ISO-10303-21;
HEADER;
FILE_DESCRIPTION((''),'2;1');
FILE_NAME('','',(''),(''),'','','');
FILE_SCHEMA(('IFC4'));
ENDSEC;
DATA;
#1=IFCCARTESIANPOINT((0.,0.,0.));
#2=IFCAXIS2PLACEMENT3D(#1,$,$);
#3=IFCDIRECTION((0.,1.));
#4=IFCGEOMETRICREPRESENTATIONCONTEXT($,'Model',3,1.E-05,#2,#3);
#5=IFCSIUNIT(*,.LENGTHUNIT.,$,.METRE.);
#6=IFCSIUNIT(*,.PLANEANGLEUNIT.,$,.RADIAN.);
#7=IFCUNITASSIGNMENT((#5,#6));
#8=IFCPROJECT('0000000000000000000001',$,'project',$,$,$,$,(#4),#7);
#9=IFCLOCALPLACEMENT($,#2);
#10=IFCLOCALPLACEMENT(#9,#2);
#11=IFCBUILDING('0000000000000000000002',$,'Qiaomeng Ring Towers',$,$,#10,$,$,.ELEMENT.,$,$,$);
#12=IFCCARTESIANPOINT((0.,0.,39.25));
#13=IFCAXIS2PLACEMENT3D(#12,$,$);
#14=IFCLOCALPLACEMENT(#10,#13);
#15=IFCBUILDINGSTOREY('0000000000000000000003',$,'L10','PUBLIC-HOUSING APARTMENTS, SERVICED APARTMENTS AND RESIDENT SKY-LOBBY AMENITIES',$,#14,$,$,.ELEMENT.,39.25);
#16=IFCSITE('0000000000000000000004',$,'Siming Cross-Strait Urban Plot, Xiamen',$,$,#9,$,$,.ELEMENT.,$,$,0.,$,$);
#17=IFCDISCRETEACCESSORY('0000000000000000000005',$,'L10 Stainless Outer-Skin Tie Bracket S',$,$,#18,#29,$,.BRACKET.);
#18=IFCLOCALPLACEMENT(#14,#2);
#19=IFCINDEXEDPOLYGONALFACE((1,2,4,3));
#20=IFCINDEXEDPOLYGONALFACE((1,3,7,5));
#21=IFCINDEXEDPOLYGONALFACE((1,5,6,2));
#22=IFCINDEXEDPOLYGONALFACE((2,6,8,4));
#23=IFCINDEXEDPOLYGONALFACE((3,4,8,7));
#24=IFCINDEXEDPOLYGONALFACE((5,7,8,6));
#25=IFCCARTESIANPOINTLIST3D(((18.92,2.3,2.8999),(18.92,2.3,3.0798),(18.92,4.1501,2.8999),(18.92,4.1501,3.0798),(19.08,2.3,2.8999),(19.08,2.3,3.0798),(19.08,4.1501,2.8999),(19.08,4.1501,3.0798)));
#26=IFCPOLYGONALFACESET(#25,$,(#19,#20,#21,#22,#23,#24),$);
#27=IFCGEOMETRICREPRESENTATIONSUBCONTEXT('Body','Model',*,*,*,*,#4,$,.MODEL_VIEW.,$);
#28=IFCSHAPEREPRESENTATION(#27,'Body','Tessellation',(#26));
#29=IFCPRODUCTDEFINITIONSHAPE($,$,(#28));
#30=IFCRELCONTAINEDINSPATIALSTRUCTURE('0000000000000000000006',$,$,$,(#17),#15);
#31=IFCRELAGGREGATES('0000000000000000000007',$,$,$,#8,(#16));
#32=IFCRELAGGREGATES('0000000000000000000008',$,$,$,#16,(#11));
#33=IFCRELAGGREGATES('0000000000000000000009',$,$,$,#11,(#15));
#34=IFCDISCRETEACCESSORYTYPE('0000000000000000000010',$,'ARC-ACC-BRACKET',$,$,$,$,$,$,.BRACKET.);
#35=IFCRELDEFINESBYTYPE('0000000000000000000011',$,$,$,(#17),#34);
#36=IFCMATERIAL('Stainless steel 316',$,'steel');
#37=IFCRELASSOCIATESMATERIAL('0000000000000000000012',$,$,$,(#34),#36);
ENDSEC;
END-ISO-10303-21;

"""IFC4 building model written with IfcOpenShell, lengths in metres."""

from ifc_helpers import new_model, si_unit, direction, frame, origin, origin_2d, place, context, subcontext, project, spatial, rectangle, extrude, source, transform, mapped, material, type_object, element, save


model = new_model("IFC4")

# Units and contexts
model_context = context("Model", 3, precision=1e-05, world=origin(), true_north=direction((0.0, 1.0)))
body_context = subcontext(model_context, "Body", "Model", "MODEL_VIEW")
ifc_project = project(units=[si_unit("LENGTHUNIT", "METRE"), si_unit("PLANEANGLEUNIT", "RADIAN")], contexts=[model_context])

# Site, building, storey
site_placement = place(None, origin())
site = spatial("IfcSite", under=ifc_project, at=site_placement, Name="Siming Cross-Strait Urban Plot, Xiamen", CompositionType="ELEMENT", RefElevation=0.0)
building_placement = place(site_placement, origin())
building = spatial("IfcBuilding", under=site, at=building_placement, Name="Qiaomeng Ring Towers", CompositionType="ELEMENT")
storey_placement = place(building_placement, frame((0.0, 0.0, 39.25)))
storey = spatial("IfcBuildingStorey", under=building, at=storey_placement, Name="L10", Description="PUBLIC-HOUSING APARTMENTS, SERVICED APARTMENTS AND RESIDENT SKY-LOBBY AMENITIES", CompositionType="ELEMENT", Elevation=39.25)

# Shared definitions
ifc_material_1 = material(Name="Stainless steel 316", Category="steel")

# Discrete accessory
discrete_accessory_type = type_object("IfcDiscreteAccessoryType", Name="ARC-ACC-BRACKET", PredefinedType="BRACKET", material=ifc_material_1)
shared_shape_1 = source(origin(), body_context, "Body", "SweptSolid", [
    extrude(rectangle(XDim=0.1599, YDim=1.8501, at=origin_2d()), origin(), (0.0, 0.0, 1.0), 0.1799),
])
discrete_accessory_placement = place(storey_placement, frame((19.0, 3.2251, 2.8999), z_axis=(0.0, 0.0, 1.0), x_axis=(1.0, 0.0, 0.0)))
element("IfcDiscreteAccessory", 1, at=discrete_accessory_placement, inside=storey, type_object=discrete_accessory_type, Name="L10 Stainless Outer-Skin Tie Bracket S", PredefinedType="BRACKET", context=body_context, shape_type="MappedRepresentation", body=[
    mapped(shared_shape_1, transform((0.0, 0.0, 0.0), x_axis=(1.0, 0.0, 0.0), y_axis=(0.0, 1.0, 0.0), z_axis=(0.0, 0.0, 1.0), scale=1.0)),
])

save(model, "model.ifc")
